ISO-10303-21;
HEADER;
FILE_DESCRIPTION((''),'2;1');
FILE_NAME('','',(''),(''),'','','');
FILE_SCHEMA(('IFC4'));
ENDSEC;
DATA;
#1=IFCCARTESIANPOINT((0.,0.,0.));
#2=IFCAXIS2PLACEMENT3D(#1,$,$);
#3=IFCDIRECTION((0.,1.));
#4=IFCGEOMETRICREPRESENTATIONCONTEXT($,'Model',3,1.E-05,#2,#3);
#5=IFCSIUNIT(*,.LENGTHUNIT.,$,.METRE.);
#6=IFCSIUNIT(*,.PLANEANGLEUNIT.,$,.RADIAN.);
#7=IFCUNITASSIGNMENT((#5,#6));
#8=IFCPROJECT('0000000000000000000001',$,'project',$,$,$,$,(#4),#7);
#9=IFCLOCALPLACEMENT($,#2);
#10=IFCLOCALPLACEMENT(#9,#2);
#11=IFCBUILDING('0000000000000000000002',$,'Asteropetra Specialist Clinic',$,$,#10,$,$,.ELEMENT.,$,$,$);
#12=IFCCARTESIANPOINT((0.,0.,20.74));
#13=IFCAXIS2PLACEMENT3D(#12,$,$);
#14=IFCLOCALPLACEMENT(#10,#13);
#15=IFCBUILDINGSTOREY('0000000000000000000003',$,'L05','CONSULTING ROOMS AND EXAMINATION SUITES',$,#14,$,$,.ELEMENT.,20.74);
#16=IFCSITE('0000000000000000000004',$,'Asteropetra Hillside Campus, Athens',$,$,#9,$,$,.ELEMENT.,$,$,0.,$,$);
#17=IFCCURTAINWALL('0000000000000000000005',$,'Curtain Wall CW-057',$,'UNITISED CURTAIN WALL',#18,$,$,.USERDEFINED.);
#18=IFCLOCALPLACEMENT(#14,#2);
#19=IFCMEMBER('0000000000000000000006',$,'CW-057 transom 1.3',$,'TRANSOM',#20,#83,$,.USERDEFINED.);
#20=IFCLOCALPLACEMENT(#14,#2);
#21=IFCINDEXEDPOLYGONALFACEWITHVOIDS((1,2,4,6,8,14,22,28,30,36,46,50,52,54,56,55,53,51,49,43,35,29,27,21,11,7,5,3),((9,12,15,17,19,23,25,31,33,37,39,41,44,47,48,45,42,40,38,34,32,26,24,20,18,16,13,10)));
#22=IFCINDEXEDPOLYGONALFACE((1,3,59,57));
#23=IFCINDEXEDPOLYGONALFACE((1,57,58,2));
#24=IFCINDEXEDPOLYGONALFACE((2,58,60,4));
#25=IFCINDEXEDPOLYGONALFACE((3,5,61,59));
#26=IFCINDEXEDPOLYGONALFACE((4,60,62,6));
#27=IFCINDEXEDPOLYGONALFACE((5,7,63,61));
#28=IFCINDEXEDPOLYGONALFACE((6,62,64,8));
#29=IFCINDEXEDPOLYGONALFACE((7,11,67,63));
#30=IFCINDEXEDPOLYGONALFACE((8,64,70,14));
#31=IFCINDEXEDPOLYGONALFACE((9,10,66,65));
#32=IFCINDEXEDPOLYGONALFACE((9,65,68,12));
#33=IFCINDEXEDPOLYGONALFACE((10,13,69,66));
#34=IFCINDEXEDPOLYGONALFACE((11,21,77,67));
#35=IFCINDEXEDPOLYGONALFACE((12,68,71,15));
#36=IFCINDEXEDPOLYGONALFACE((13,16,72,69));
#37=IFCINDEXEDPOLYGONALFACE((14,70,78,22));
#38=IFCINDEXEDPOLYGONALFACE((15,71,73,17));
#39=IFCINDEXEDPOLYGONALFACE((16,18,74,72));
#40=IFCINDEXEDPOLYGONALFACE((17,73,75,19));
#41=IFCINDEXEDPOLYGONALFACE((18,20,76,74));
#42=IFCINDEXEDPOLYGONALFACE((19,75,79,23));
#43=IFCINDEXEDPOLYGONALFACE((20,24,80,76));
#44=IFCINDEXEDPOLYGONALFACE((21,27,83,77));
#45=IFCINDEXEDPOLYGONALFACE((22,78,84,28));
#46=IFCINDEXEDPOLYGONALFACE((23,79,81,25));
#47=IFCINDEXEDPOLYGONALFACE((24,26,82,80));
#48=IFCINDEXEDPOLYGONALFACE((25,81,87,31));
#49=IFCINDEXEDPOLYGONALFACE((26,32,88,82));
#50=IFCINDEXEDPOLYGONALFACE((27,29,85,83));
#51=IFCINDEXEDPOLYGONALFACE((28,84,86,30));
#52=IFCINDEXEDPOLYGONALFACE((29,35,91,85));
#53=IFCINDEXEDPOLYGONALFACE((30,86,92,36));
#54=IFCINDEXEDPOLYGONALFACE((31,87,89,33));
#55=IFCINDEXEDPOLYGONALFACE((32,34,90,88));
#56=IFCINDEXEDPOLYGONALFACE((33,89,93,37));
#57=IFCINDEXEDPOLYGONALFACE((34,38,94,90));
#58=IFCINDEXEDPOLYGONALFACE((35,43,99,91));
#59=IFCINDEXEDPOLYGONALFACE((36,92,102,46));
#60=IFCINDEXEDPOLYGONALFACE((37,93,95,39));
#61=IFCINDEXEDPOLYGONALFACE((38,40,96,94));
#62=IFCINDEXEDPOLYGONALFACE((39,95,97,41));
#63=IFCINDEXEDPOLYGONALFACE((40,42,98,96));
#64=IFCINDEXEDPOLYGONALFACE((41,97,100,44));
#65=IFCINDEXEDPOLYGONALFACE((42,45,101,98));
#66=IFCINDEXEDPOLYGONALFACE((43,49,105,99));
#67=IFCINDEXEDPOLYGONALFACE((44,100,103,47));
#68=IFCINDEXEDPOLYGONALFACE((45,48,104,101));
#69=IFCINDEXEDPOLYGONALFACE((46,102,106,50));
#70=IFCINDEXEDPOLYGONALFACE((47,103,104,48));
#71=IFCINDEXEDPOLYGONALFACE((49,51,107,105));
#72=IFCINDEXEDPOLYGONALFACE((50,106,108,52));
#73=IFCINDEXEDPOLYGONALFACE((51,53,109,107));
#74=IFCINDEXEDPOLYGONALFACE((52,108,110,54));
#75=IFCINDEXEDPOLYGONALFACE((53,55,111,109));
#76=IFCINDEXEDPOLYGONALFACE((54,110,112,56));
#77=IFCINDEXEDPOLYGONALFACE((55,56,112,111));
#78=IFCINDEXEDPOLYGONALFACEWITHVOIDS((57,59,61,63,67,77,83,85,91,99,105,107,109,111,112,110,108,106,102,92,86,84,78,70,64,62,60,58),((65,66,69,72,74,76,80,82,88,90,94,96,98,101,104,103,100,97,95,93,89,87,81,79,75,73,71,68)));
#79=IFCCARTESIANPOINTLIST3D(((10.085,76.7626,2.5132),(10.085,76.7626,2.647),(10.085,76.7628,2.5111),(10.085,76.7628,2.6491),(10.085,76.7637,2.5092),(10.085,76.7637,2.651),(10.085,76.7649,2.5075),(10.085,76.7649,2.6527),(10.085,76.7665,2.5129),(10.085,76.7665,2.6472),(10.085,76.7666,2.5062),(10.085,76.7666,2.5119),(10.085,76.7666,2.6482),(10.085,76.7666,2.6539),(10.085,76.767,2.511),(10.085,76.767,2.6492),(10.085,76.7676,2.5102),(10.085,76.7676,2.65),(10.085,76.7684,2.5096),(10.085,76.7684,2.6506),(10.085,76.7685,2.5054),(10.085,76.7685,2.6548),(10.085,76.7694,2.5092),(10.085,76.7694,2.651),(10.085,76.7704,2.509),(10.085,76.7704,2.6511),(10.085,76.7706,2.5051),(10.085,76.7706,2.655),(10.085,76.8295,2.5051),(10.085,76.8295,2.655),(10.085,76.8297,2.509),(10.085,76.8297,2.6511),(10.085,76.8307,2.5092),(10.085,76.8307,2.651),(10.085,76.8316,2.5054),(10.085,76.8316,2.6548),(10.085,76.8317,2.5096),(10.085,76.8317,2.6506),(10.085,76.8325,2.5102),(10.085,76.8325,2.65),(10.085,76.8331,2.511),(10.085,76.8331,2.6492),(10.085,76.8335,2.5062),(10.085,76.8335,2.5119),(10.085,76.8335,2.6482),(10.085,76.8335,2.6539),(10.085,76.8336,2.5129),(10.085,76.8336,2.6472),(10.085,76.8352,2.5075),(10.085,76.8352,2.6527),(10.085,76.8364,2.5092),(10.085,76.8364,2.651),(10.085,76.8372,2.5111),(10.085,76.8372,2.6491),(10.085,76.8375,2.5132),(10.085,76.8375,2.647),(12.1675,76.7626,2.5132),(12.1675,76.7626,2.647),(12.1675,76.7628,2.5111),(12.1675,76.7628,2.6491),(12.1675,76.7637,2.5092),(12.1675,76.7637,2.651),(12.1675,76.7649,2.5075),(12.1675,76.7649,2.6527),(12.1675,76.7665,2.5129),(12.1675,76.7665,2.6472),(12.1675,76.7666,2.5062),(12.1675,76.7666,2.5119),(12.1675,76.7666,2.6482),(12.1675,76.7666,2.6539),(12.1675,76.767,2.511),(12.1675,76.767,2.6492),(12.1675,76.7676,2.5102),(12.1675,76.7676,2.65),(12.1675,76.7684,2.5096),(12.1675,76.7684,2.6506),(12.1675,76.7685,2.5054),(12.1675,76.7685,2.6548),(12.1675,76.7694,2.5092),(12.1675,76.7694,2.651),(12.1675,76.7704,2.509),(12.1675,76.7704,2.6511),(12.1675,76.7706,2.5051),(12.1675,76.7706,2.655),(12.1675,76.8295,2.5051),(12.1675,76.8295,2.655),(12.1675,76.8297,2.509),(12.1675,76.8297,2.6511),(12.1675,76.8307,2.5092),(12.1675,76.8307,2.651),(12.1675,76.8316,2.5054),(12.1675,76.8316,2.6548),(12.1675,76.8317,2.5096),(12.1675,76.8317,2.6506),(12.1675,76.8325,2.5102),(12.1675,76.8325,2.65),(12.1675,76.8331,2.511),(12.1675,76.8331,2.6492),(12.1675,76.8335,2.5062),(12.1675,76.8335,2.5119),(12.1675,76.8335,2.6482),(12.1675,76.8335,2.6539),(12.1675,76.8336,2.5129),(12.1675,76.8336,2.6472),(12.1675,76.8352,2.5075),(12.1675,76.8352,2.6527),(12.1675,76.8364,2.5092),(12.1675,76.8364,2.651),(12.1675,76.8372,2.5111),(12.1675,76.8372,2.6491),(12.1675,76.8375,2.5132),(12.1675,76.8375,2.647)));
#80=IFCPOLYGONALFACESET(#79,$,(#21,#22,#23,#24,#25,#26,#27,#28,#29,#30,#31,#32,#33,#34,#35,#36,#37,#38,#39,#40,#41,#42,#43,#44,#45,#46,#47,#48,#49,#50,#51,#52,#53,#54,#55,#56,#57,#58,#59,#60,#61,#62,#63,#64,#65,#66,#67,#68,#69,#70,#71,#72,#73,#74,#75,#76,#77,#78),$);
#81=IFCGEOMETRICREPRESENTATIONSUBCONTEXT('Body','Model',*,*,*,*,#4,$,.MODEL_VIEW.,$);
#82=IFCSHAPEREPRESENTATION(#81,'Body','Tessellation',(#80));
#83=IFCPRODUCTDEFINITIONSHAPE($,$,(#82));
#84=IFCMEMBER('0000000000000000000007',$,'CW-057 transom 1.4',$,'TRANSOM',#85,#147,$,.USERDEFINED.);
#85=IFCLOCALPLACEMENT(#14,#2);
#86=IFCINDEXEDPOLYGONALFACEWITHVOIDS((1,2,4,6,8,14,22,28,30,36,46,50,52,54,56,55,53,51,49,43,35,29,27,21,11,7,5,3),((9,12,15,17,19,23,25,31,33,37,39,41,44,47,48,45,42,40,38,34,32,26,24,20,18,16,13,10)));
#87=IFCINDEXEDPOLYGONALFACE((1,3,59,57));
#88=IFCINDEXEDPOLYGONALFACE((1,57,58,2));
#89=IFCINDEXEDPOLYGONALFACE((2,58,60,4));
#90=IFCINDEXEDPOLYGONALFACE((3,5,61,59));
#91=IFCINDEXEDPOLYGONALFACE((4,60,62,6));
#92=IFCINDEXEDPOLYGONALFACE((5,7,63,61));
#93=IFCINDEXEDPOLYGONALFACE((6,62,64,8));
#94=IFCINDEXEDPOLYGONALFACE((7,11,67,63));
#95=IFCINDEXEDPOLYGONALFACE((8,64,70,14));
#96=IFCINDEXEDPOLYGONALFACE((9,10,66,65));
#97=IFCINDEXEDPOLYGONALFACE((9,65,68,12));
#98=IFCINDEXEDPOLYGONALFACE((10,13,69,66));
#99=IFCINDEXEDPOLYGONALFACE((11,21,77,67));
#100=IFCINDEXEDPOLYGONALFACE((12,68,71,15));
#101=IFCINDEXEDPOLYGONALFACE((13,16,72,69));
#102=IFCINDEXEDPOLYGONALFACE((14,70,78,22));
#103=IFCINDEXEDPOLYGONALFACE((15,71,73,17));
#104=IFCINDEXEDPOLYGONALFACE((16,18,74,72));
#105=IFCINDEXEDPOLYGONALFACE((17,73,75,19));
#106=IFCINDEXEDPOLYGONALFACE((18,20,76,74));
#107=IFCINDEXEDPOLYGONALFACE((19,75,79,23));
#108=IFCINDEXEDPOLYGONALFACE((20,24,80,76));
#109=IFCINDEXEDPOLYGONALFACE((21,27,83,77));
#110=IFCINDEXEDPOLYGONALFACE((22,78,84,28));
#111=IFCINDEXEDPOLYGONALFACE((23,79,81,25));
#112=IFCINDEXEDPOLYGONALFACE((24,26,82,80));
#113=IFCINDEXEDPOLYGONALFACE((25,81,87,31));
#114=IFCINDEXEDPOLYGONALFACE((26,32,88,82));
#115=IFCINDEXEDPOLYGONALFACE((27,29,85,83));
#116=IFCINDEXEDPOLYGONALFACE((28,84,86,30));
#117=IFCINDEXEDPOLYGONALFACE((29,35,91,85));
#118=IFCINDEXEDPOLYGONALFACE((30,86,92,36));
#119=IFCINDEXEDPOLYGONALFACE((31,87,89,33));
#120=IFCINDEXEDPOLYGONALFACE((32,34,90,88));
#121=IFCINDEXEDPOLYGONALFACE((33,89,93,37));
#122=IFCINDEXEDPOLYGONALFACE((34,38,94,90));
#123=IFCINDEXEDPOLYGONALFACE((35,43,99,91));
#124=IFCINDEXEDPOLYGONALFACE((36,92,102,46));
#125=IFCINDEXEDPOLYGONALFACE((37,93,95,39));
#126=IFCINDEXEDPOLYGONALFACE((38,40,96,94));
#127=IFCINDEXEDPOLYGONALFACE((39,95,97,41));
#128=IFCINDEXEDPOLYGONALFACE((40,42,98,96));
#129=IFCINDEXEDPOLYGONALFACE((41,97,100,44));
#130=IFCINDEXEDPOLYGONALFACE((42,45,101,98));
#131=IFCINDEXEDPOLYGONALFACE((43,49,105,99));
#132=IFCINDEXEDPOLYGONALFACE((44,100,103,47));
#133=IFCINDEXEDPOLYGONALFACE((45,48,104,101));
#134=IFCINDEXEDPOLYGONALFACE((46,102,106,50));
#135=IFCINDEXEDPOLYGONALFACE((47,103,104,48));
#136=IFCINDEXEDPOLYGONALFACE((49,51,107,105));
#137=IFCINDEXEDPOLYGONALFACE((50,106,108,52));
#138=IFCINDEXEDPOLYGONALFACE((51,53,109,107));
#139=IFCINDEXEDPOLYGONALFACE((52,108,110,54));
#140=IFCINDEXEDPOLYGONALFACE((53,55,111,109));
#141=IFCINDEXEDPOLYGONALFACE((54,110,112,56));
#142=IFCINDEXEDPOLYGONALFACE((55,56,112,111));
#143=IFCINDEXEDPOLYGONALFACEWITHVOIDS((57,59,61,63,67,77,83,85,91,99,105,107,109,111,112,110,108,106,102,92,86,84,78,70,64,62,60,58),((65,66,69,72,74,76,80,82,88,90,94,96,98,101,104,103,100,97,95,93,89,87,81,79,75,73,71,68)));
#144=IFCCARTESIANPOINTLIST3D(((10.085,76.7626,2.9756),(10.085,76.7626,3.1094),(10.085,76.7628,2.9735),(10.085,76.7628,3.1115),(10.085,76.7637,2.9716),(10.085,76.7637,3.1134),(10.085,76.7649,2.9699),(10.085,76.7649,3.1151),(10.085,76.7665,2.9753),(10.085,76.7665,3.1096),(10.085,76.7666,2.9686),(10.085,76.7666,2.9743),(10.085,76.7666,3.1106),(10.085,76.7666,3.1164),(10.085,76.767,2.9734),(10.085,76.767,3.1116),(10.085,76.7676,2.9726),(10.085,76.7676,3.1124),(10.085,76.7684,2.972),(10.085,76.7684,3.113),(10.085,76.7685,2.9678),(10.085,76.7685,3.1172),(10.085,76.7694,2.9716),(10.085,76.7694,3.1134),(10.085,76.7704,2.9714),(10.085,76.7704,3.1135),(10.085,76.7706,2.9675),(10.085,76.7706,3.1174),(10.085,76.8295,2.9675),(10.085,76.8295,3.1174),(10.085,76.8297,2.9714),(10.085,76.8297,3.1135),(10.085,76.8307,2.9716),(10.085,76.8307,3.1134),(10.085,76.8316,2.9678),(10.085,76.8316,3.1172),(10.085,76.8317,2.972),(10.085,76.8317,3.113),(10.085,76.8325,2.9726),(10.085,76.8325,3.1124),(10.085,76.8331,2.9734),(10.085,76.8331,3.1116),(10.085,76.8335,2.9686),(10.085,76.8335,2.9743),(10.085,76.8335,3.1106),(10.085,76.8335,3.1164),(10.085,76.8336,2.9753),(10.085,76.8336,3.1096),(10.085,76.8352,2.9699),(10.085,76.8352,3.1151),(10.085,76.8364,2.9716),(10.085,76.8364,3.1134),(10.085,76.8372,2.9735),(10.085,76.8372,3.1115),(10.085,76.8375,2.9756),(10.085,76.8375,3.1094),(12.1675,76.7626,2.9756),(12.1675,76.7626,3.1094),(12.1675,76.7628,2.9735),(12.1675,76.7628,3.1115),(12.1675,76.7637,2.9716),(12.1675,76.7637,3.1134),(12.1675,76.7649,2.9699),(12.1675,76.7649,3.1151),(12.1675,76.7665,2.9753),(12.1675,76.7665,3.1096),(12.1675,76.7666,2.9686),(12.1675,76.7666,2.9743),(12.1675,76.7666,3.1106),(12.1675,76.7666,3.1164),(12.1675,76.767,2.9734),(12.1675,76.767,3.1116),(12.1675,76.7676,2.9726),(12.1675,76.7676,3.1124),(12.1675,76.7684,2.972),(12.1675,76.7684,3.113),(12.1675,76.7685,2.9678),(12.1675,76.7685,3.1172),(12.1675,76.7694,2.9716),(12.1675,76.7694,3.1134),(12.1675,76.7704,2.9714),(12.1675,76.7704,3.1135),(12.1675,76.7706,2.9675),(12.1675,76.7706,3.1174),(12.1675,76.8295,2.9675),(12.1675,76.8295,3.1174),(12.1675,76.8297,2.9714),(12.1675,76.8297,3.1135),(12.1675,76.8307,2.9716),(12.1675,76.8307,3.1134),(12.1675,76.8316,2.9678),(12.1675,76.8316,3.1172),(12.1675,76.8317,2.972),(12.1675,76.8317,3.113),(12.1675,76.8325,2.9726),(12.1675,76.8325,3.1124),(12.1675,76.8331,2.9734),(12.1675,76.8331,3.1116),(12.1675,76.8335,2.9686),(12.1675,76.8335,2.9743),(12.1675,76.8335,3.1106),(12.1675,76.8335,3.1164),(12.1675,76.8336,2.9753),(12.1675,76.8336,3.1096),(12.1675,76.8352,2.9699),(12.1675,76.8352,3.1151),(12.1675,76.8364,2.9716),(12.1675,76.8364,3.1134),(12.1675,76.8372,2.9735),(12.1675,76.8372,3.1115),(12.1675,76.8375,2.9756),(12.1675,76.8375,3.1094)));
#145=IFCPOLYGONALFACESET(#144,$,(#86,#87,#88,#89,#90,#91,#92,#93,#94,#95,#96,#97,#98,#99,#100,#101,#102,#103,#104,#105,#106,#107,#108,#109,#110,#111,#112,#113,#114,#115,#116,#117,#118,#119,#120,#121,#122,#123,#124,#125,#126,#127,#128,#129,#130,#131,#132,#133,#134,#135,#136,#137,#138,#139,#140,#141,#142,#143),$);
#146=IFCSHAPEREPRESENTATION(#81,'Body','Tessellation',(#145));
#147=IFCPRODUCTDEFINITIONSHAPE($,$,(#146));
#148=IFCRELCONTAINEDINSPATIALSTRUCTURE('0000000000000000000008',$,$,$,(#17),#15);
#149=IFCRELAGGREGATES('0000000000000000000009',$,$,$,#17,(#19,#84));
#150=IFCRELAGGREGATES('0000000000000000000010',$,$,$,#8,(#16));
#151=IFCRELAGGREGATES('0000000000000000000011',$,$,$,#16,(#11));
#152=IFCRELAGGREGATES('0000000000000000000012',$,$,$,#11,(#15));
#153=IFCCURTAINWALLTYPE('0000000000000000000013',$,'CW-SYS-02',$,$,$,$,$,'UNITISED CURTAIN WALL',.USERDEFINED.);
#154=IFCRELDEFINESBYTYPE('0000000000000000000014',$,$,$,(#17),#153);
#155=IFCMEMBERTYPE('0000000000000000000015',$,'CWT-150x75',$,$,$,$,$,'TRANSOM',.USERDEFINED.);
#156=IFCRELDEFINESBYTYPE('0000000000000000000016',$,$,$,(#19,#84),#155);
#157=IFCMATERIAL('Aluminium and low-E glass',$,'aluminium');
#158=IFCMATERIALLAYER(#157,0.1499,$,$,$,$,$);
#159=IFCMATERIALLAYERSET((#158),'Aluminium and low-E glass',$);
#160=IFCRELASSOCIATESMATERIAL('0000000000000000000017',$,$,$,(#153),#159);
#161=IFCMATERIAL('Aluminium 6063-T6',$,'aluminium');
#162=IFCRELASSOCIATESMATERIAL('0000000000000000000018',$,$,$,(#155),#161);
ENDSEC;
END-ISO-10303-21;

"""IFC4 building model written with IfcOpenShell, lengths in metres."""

from ifc_helpers import new_model, si_unit, direction, frame, origin, origin_2d, place, context, subcontext, project, spatial, hollow_rectangle, extrude, material, layer, layer_set, material_profile, profile_set, type_object, element, aggregate, save


model = new_model("IFC4")

# Units and contexts
model_context = context("Model", 3, precision=1e-05, world=origin(), true_north=direction((0.0, 1.0)))
body_context = subcontext(model_context, "Body", "Model", "MODEL_VIEW")
ifc_project = project(units=[si_unit("LENGTHUNIT", "METRE"), si_unit("PLANEANGLEUNIT", "RADIAN")], contexts=[model_context])

# Site, building, storey
site_placement = place(None, origin())
site = spatial("IfcSite", under=ifc_project, at=site_placement, Name="Asteropetra Hillside Campus, Athens", CompositionType="ELEMENT", RefElevation=0.0)
building_placement = place(site_placement, origin())
building = spatial("IfcBuilding", under=site, at=building_placement, Name="Asteropetra Specialist Clinic", CompositionType="ELEMENT")
storey_placement = place(building_placement, frame((0.0, 0.0, 20.74)))
storey = spatial("IfcBuildingStorey", under=building, at=storey_placement, Name="L05", Description="CONSULTING ROOMS AND EXAMINATION SUITES", CompositionType="ELEMENT", Elevation=20.74)

# Curtain wall, members
ifc_material_1 = material(Name="Aluminium and low-E glass", Category="aluminium")
ifc_layer_1 = layer(ifc_material_1, 0.1499)
ifc_layer_set_1 = layer_set([ifc_layer_1], Name="Aluminium and low-E glass")
curtain_wall_type = type_object("IfcCurtainWallType", Name="CW-SYS-02", ElementType="UNITISED CURTAIN WALL", PredefinedType="USERDEFINED", material=ifc_layer_set_1)
curtain_wall_placement = place(storey_placement, origin())
curtain_wall = element("IfcCurtainWall", 1, at=curtain_wall_placement, inside=storey, type_object=curtain_wall_type, Name="Curtain Wall CW-057", ObjectType="UNITISED CURTAIN WALL", PredefinedType="USERDEFINED")
ifc_material_2 = material(Name="Aluminium 6063-T6", Category="aluminium")
ifc_material_profile_1 = material_profile(ifc_material_2, hollow_rectangle(XDim=0.075, YDim=0.1499, WallThickness=0.0039, InnerFilletRadius=0.0039, OuterFilletRadius=0.0081, at=origin_2d()), Name="TRN 150x75x4.0")
ifc_profile_set_1 = profile_set([ifc_material_profile_1], Name="Aluminium 6063-T6")
member_type_1 = type_object("IfcMemberType", Name="CWT-150x75", ElementType="TRANSOM", PredefinedType="USERDEFINED", material=ifc_profile_set_1)
member_1_placement = place(storey_placement, frame((10.085, 76.8, 2.5801), z_axis=(1.0, 0.0, 0.0), x_axis=(0.0, 1.0, 0.0)))
member_1 = element("IfcMember", 2, at=member_1_placement, type_object=member_type_1, Name="CW-057 transom 1.3", ObjectType="TRANSOM", PredefinedType="USERDEFINED", context=body_context, shape_type="SweptSolid", body=[
    extrude(hollow_rectangle(XDim=0.075, YDim=0.1499, WallThickness=0.0039, InnerFilletRadius=0.0039, OuterFilletRadius=0.0081, at=origin_2d()), origin(), (0.0, 0.0, 1.0), 2.0825),
])
member_2_placement = place(storey_placement, frame((10.085, 76.8, 3.0425), z_axis=(1.0, 0.0, 0.0), x_axis=(0.0, 1.0, 0.0)))
member_2 = element("IfcMember", 3, at=member_2_placement, type_object=member_type_1, Name="CW-057 transom 1.4", ObjectType="TRANSOM", PredefinedType="USERDEFINED", context=body_context, shape_type="SweptSolid", body=[
    extrude(hollow_rectangle(XDim=0.075, YDim=0.1499, WallThickness=0.0039, InnerFilletRadius=0.0039, OuterFilletRadius=0.0081, at=origin_2d()), origin(), (0.0, 0.0, 1.0), 2.0825),
])

aggregate(curtain_wall, [member_1, member_2])

save(model, "model.ifc")
